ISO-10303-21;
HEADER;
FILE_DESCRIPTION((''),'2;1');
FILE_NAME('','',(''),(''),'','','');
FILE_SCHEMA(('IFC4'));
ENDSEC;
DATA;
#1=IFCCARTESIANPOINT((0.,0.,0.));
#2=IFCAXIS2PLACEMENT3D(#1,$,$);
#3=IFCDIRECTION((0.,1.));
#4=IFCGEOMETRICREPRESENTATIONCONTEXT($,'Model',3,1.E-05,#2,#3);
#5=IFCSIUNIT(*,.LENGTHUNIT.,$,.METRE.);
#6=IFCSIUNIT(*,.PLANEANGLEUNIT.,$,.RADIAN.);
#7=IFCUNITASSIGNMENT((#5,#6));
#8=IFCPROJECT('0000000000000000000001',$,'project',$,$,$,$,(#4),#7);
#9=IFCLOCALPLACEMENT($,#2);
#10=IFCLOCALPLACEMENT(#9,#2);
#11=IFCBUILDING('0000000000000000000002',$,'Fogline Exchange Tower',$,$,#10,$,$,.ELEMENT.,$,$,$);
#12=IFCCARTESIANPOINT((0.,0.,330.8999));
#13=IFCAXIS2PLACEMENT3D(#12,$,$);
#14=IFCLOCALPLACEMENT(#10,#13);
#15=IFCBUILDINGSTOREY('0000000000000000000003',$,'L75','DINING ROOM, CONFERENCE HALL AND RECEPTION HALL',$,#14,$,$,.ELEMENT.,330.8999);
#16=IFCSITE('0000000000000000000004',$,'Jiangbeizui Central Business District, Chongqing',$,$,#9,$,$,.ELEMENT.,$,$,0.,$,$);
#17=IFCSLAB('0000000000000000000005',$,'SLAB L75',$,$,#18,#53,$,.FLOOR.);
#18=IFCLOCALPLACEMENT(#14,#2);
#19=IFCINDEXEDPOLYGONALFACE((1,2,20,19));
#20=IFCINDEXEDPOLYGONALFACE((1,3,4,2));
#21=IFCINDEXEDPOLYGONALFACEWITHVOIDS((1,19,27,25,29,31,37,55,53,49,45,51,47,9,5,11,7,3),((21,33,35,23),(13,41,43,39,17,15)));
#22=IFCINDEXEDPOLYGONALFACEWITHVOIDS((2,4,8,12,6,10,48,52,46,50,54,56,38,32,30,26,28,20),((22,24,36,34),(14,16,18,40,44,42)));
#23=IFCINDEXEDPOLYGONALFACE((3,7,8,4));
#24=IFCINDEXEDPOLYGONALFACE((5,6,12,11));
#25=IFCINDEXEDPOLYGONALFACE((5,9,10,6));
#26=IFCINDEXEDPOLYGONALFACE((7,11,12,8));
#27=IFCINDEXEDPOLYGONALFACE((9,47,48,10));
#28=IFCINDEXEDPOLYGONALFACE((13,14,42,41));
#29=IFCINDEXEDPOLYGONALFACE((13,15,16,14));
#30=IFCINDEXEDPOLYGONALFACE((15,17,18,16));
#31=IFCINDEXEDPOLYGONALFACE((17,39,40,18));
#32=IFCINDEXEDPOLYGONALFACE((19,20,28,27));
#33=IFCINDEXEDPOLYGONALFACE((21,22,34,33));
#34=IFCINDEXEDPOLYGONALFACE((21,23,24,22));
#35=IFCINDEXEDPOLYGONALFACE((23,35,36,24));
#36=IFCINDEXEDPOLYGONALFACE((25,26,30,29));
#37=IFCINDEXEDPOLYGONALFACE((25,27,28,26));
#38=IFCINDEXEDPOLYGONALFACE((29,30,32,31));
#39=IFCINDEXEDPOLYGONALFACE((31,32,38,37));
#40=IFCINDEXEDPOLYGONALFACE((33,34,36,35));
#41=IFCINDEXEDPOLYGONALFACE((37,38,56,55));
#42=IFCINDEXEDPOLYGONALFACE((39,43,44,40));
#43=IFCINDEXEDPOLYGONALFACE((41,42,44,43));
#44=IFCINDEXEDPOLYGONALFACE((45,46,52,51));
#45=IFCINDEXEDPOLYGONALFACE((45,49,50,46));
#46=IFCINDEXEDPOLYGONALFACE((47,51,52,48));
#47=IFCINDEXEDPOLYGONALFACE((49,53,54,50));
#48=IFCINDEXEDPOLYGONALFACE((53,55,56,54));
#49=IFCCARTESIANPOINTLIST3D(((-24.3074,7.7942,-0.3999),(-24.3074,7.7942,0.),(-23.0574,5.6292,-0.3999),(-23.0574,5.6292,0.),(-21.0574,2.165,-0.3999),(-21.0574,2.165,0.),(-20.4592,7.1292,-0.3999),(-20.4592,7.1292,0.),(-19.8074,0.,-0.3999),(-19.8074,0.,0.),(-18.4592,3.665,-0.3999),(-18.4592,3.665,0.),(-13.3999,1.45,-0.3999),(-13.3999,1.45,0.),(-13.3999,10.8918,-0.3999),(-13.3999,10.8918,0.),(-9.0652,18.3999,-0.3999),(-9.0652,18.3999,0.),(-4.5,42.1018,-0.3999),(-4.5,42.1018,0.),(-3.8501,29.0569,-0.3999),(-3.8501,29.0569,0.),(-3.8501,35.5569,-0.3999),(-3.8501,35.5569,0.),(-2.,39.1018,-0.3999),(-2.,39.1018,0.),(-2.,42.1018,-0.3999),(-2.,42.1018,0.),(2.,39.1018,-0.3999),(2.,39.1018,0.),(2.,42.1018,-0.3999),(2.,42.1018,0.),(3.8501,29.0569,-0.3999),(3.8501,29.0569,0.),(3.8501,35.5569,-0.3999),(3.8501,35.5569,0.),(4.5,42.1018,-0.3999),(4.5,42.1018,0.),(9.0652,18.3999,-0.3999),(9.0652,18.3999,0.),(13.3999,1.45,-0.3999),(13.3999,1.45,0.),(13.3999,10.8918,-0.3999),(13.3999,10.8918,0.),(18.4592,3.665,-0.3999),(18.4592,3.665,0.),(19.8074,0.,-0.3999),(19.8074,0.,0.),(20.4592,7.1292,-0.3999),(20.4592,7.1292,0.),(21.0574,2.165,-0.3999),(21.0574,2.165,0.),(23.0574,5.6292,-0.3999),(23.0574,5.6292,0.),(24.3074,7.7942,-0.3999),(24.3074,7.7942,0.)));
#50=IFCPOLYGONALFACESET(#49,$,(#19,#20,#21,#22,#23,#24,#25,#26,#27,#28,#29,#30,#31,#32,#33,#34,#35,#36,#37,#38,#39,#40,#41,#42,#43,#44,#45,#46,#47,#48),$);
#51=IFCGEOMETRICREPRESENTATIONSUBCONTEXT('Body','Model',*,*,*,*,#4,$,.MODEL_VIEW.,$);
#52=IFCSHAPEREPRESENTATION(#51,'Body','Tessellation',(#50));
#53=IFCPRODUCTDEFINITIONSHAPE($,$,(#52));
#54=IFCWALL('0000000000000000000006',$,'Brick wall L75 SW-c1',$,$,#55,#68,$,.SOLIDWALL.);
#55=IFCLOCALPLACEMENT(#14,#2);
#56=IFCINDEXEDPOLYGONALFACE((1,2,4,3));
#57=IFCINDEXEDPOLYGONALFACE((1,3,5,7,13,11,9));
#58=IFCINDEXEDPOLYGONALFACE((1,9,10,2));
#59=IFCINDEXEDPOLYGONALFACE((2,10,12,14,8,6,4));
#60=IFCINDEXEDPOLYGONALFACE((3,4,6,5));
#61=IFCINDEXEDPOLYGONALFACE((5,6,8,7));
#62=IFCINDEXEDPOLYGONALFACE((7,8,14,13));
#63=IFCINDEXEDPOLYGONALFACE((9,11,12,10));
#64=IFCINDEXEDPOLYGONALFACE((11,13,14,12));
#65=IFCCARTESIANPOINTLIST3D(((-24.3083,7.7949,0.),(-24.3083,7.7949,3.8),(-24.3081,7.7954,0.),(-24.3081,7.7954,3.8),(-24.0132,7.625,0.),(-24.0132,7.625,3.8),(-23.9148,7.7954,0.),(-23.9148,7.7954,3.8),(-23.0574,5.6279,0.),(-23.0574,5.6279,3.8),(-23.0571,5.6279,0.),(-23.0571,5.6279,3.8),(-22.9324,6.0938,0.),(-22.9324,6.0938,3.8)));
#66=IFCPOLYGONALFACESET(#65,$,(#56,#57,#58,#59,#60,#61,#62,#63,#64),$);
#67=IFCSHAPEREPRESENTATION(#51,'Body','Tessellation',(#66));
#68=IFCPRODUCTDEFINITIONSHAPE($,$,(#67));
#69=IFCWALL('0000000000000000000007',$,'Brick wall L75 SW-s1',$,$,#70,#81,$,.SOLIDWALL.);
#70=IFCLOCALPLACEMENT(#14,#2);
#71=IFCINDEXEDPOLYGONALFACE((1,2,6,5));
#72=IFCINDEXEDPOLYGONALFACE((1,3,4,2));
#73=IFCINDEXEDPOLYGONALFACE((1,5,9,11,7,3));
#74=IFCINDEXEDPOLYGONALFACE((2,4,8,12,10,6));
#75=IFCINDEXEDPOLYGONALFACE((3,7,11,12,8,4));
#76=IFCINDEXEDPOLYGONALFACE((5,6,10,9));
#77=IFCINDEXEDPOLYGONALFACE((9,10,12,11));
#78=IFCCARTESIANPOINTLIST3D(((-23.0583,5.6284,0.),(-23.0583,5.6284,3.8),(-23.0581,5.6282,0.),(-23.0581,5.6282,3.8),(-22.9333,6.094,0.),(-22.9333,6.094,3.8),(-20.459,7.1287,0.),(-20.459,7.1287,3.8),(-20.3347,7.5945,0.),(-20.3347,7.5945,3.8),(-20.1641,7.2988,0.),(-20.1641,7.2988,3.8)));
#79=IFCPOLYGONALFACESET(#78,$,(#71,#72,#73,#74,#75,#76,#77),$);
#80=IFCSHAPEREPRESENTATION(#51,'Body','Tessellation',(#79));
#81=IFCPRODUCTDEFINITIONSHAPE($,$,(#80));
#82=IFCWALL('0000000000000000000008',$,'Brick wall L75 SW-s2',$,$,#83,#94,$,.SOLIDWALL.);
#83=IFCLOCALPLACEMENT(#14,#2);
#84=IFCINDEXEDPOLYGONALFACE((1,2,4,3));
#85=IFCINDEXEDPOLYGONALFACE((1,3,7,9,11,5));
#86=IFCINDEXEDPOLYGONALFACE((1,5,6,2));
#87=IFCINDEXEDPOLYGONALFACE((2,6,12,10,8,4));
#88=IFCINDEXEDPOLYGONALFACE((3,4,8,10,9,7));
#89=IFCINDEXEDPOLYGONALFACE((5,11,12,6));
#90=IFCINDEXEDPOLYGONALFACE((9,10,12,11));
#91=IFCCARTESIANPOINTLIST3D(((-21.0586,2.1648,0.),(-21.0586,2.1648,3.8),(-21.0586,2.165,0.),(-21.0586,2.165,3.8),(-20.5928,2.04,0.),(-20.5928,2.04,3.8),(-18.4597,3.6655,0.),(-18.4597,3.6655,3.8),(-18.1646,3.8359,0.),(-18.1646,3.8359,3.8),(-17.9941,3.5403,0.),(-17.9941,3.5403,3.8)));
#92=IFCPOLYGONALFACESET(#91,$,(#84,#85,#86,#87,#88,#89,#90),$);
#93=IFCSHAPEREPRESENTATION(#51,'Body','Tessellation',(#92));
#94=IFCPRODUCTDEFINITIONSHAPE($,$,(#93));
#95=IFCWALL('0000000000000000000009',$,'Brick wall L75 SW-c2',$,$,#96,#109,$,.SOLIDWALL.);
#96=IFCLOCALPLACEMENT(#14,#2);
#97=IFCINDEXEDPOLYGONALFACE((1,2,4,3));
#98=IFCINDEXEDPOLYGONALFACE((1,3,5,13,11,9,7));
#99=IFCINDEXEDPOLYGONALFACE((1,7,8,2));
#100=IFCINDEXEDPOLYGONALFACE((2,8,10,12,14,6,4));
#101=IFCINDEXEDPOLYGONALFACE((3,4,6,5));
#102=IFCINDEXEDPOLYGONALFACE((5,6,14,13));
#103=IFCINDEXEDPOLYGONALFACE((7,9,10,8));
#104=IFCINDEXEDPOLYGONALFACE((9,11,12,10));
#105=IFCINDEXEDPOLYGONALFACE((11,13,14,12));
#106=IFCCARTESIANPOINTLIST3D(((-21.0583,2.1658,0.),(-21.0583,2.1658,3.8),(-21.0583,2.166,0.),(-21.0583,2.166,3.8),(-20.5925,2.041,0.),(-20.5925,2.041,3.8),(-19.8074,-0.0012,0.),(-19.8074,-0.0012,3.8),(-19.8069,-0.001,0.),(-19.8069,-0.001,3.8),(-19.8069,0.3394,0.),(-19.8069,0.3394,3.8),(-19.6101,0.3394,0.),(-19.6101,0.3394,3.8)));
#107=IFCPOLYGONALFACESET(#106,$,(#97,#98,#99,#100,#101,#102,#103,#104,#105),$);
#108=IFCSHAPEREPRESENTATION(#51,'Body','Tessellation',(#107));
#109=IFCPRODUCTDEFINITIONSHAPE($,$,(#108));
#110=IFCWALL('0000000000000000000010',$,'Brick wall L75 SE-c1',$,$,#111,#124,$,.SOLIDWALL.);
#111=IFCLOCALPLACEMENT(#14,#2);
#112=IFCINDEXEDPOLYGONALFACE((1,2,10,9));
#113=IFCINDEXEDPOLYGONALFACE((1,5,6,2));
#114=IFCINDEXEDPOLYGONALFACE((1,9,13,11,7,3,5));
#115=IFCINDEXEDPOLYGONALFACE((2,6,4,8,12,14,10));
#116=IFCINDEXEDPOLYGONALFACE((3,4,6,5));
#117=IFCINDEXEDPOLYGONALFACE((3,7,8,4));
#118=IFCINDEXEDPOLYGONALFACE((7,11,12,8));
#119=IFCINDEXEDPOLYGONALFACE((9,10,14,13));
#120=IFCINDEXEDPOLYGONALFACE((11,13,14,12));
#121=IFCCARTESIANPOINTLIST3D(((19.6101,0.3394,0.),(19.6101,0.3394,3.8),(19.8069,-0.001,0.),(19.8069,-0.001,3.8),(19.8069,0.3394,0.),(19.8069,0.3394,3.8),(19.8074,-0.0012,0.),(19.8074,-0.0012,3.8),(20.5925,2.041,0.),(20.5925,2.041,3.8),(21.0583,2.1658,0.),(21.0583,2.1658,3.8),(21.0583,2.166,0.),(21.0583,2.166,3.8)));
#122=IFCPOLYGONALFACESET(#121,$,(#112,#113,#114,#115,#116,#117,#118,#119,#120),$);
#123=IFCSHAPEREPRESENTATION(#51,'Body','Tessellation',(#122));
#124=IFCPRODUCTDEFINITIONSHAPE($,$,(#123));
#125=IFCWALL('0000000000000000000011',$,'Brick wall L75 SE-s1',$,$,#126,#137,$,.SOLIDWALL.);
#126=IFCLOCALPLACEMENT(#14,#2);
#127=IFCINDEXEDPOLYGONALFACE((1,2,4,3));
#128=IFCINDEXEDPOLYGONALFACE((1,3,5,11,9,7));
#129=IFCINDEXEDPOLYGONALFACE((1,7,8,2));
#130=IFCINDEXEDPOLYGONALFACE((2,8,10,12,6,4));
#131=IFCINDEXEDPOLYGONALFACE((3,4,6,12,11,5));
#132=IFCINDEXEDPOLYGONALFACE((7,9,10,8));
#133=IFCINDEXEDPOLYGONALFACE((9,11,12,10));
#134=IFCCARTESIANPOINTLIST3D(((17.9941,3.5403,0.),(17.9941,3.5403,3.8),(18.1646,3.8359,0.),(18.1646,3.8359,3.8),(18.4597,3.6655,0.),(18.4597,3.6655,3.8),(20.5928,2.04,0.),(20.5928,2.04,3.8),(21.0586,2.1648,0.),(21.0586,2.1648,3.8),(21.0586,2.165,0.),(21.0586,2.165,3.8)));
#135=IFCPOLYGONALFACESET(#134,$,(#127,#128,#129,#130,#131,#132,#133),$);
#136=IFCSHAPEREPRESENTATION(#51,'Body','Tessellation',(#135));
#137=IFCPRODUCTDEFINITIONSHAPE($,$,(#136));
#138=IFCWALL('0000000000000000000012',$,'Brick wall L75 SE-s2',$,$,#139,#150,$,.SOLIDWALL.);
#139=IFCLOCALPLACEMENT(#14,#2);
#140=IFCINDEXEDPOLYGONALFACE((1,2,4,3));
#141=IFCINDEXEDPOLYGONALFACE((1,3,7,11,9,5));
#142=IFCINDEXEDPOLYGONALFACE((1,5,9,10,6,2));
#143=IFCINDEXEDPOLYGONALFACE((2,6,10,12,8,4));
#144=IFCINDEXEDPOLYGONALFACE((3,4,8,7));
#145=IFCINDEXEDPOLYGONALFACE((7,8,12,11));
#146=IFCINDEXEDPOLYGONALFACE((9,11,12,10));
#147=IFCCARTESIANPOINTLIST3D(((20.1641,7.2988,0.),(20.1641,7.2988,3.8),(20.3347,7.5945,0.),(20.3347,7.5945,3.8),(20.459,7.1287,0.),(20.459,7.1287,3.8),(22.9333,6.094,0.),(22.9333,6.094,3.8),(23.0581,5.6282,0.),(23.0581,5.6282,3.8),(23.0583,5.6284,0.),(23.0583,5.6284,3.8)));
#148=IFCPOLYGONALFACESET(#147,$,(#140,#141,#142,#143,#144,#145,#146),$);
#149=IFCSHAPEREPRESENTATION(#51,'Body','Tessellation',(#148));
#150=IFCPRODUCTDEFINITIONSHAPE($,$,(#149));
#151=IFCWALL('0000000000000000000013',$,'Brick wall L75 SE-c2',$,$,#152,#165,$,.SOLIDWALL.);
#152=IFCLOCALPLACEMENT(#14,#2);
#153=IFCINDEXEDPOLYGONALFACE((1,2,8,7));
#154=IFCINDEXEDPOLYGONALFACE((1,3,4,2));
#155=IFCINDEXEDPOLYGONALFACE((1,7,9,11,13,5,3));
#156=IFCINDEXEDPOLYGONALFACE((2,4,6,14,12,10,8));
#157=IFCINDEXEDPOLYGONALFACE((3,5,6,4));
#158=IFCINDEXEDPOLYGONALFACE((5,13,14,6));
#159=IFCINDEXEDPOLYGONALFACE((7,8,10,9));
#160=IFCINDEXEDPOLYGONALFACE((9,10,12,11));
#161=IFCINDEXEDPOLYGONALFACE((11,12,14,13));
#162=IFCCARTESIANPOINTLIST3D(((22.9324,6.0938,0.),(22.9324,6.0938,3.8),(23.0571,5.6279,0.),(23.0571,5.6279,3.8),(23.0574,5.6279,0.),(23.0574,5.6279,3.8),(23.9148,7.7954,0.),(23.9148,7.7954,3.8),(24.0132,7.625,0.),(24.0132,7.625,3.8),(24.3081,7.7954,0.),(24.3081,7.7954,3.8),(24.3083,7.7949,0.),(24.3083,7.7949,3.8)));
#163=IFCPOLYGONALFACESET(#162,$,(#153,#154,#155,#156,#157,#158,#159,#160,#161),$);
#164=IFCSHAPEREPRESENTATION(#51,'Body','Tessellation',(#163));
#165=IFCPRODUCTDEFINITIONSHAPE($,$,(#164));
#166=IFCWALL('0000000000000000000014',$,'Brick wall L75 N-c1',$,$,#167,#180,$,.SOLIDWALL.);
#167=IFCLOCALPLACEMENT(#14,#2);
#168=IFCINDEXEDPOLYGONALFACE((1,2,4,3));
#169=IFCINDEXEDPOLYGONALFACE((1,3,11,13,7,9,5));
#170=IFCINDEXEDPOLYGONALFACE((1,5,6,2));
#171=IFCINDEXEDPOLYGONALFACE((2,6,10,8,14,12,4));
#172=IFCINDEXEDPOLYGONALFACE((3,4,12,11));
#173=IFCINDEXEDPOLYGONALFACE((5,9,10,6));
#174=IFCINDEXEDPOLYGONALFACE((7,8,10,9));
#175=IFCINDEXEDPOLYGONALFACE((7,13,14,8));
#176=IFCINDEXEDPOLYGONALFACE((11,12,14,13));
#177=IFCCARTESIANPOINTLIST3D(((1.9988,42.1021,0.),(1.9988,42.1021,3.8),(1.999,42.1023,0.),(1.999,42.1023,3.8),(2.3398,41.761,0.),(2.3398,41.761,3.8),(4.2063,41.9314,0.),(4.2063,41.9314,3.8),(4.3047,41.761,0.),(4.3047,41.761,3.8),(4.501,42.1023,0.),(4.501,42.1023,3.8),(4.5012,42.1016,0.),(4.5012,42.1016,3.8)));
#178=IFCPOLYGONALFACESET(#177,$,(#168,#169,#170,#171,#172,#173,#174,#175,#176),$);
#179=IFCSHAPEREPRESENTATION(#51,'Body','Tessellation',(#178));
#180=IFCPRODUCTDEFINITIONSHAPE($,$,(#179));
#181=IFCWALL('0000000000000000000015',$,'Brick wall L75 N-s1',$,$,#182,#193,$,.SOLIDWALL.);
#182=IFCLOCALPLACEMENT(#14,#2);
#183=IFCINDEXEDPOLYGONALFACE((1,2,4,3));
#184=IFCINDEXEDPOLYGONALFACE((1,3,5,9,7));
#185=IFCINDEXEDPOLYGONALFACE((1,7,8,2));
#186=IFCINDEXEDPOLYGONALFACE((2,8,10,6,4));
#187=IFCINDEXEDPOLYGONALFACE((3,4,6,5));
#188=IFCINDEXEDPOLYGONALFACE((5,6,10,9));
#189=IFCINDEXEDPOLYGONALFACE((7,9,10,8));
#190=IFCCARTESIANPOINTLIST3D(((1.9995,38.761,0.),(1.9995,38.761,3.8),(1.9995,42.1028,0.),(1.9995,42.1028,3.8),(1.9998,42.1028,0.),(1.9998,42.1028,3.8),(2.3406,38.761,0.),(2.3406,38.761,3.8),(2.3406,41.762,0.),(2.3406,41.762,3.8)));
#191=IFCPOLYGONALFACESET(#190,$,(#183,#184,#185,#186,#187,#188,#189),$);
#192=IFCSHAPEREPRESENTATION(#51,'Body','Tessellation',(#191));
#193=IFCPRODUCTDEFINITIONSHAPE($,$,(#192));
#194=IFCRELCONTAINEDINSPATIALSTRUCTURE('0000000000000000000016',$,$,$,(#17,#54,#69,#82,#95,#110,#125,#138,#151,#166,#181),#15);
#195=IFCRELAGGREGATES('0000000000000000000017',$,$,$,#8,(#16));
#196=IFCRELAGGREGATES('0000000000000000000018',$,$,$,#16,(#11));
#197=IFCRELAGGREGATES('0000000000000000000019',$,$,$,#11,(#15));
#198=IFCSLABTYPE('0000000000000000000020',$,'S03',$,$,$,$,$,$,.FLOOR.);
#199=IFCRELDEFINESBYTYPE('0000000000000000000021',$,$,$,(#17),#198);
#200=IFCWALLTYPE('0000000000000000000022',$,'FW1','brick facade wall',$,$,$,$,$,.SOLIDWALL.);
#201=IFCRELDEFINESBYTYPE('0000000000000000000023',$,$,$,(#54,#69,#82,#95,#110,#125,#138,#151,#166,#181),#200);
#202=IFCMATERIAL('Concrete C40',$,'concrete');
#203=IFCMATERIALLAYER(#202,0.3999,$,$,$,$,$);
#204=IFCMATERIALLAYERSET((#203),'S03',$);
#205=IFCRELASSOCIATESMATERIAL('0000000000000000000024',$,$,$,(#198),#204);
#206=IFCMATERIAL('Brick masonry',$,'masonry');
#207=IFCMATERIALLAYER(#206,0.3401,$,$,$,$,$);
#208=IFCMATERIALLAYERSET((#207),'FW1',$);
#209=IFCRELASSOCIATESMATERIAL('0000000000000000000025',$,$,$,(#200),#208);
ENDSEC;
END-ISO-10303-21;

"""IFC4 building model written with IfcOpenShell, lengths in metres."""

from ifc_helpers import new_model, si_unit, direction, frame, origin, place, context, subcontext, project, spatial, polyline, outline, extrude, material, layer, layer_set, type_object, element, save


model = new_model("IFC4")

# Units and contexts
model_context = context("Model", 3, precision=1e-05, world=origin(), true_north=direction((0.0, 1.0)))
body_context = subcontext(model_context, "Body", "Model", "MODEL_VIEW")
ifc_project = project(units=[si_unit("LENGTHUNIT", "METRE"), si_unit("PLANEANGLEUNIT", "RADIAN")], contexts=[model_context])

# Site, building, storey
site_placement = place(None, origin())
site = spatial("IfcSite", under=ifc_project, at=site_placement, Name="Jiangbeizui Central Business District, Chongqing", CompositionType="ELEMENT", RefElevation=0.0)
building_placement = place(site_placement, origin())
building = spatial("IfcBuilding", under=site, at=building_placement, Name="Fogline Exchange Tower", CompositionType="ELEMENT")
storey_placement = place(building_placement, frame((0.0, 0.0, 330.8999)))
storey = spatial("IfcBuildingStorey", under=building, at=storey_placement, Name="L75", Description="DINING ROOM, CONFERENCE HALL AND RECEPTION HALL", CompositionType="ELEMENT", Elevation=330.8999)

# Slab
ifc_material_1 = material(Name="Concrete C40", Category="concrete")
ifc_layer_1 = layer(ifc_material_1, 0.3999)
ifc_layer_set_1 = layer_set([ifc_layer_1], Name="S03")
slab_type = type_object("IfcSlabType", Name="S03", PredefinedType="FLOOR", material=ifc_layer_set_1)
slab_placement = place(storey_placement, frame((0.0, 0.0, -0.3999)))
element("IfcSlab", 1, at=slab_placement, inside=storey, type_object=slab_type, Name="SLAB L75", PredefinedType="FLOOR", context=body_context, shape_type="SweptSolid", body=[
    extrude(outline(polyline([(-2.0, 42.1018), (-4.5, 42.1018), (-24.3074, 7.7942), (-23.0574, 5.6292), (-20.4592, 7.1292), (-18.4592, 3.665), (-21.0574, 2.165), (-19.8074, 0.0), (19.8074, 0.0), (21.0574, 2.165), (18.4592, 3.665), (20.4592, 7.1292), (23.0574, 5.6292), (24.3074, 7.7942), (4.5, 42.1018), (2.0, 42.1018), (2.0, 39.1018), (-2.0, 39.1018), (-2.0, 42.1018)]), holes=[polyline([(13.3999, 10.8918), (13.3999, 1.45), (-13.3999, 1.45), (-13.3999, 10.8918), (-9.0652, 18.3999), (9.0652, 18.3999), (13.3999, 10.8918)]), polyline([(3.8501, 35.5569), (3.8501, 29.0569), (-3.8501, 29.0569), (-3.8501, 35.5569), (3.8501, 35.5569)])]), origin(), (0.0, 0.0, 1.0), 0.3999),
])

# Walls
ifc_material_2 = material(Name="Brick masonry", Category="masonry")
ifc_layer_2 = layer(ifc_material_2, 0.3401)
ifc_layer_set_2 = layer_set([ifc_layer_2], Name="FW1")
wall_type = type_object("IfcWallType", Name="FW1", Description="brick facade wall", PredefinedType="SOLIDWALL", material=ifc_layer_set_2)
wall_1_placement = place(storey_placement, origin())
element("IfcWall", 2, at=wall_1_placement, inside=storey, type_object=wall_type, Name="Brick wall L75 SW-c1", PredefinedType="SOLIDWALL", context=body_context, shape_type="SweptSolid", body=[
    extrude(outline(polyline([(-23.0574, 5.6279), (-24.3083, 7.7949), (-24.3081, 7.7954), (-24.0132, 7.625), (-23.9148, 7.7954), (-22.9324, 6.0938), (-23.0571, 5.6279), (-23.0574, 5.6279)])), origin(), (0.0, 0.0, 1.0), 3.8),
])
wall_2_placement = place(storey_placement, origin())
element("IfcWall", 3, at=wall_2_placement, inside=storey, type_object=wall_type, Name="Brick wall L75 SW-s1", PredefinedType="SOLIDWALL", context=body_context, shape_type="SweptSolid", body=[
    extrude(outline(polyline([(-20.3347, 7.5945), (-20.1641, 7.2988), (-20.459, 7.1287), (-23.0581, 5.6282), (-23.0583, 5.6284), (-22.9333, 6.094), (-20.3347, 7.5945)])), origin(), (0.0, 0.0, 1.0), 3.8),
])
wall_3_placement = place(storey_placement, origin())
element("IfcWall", 4, at=wall_3_placement, inside=storey, type_object=wall_type, Name="Brick wall L75 SW-s2", PredefinedType="SOLIDWALL", context=body_context, shape_type="SweptSolid", body=[
    extrude(outline(polyline([(-21.0586, 2.165), (-18.4597, 3.6655), (-18.1646, 3.8359), (-17.9941, 3.5403), (-20.5928, 2.04), (-21.0586, 2.1648), (-21.0586, 2.165)])), origin(), (0.0, 0.0, 1.0), 3.8),
])
wall_4_placement = place(storey_placement, origin())
element("IfcWall", 5, at=wall_4_placement, inside=storey, type_object=wall_type, Name="Brick wall L75 SW-c2", PredefinedType="SOLIDWALL", context=body_context, shape_type="SweptSolid", body=[
    extrude(outline(polyline([(-19.6101, 0.3394), (-19.8069, 0.3394), (-19.8069, -0.001), (-19.8074, -0.0012), (-21.0583, 2.1658), (-21.0583, 2.166), (-20.5925, 2.041), (-19.6101, 0.3394)])), origin(), (0.0, 0.0, 1.0), 3.8),
])
wall_5_placement = place(storey_placement, origin())
element("IfcWall", 6, at=wall_5_placement, inside=storey, type_object=wall_type, Name="Brick wall L75 SE-c1", PredefinedType="SOLIDWALL", context=body_context, shape_type="SweptSolid", body=[
    extrude(outline(polyline([(21.0583, 2.1658), (19.8074, -0.0012), (19.8069, -0.001), (19.8069, 0.3394), (19.6101, 0.3394), (20.5925, 2.041), (21.0583, 2.166), (21.0583, 2.1658)])), origin(), (0.0, 0.0, 1.0), 3.8),
])
wall_6_placement = place(storey_placement, origin())
element("IfcWall", 7, at=wall_6_placement, inside=storey, type_object=wall_type, Name="Brick wall L75 SE-s1", PredefinedType="SOLIDWALL", context=body_context, shape_type="SweptSolid", body=[
    extrude(outline(polyline([(17.9941, 3.5403), (18.1646, 3.8359), (18.4597, 3.6655), (21.0586, 2.165), (21.0586, 2.1648), (20.5928, 2.04), (17.9941, 3.5403)])), origin(), (0.0, 0.0, 1.0), 3.8),
])
wall_7_placement = place(storey_placement, origin())
element("IfcWall", 8, at=wall_7_placement, inside=storey, type_object=wall_type, Name="Brick wall L75 SE-s2", PredefinedType="SOLIDWALL", context=body_context, shape_type="SweptSolid", body=[
    extrude(outline(polyline([(23.0581, 5.6282), (20.459, 7.1287), (20.1641, 7.2988), (20.3347, 7.5945), (22.9333, 6.094), (23.0583, 5.6284), (23.0581, 5.6282)])), origin(), (0.0, 0.0, 1.0), 3.8),
])
wall_8_placement = place(storey_placement, origin())
element("IfcWall", 9, at=wall_8_placement, inside=storey, type_object=wall_type, Name="Brick wall L75 SE-c2", PredefinedType="SOLIDWALL", context=body_context, shape_type="SweptSolid", body=[
    extrude(outline(polyline([(23.9148, 7.7954), (24.0132, 7.625), (24.3081, 7.7954), (24.3083, 7.7949), (23.0574, 5.6279), (23.0571, 5.6279), (22.9324, 6.0938), (23.9148, 7.7954)])), origin(), (0.0, 0.0, 1.0), 3.8),
])
wall_9_placement = place(storey_placement, origin())
element("IfcWall", 10, at=wall_9_placement, inside=storey, type_object=wall_type, Name="Brick wall L75 N-c1", PredefinedType="SOLIDWALL", context=body_context, shape_type="SweptSolid", body=[
    extrude(outline(polyline([(1.999, 42.1023), (4.501, 42.1023), (4.5012, 42.1016), (4.2063, 41.9314), (4.3047, 41.761), (2.3398, 41.761), (1.9988, 42.1021), (1.999, 42.1023)])), origin(), (0.0, 0.0, 1.0), 3.8),
])
wall_10_placement = place(storey_placement, origin())
element("IfcWall", 11, at=wall_10_placement, inside=storey, type_object=wall_type, Name="Brick wall L75 N-s1", PredefinedType="SOLIDWALL", context=body_context, shape_type="SweptSolid", body=[
    extrude(outline(polyline([(2.3406, 38.761), (1.9995, 38.761), (1.9995, 42.1028), (1.9998, 42.1028), (2.3406, 41.762), (2.3406, 38.761)])), origin(), (0.0, 0.0, 1.0), 3.8),
])

save(model, "model.ifc")
